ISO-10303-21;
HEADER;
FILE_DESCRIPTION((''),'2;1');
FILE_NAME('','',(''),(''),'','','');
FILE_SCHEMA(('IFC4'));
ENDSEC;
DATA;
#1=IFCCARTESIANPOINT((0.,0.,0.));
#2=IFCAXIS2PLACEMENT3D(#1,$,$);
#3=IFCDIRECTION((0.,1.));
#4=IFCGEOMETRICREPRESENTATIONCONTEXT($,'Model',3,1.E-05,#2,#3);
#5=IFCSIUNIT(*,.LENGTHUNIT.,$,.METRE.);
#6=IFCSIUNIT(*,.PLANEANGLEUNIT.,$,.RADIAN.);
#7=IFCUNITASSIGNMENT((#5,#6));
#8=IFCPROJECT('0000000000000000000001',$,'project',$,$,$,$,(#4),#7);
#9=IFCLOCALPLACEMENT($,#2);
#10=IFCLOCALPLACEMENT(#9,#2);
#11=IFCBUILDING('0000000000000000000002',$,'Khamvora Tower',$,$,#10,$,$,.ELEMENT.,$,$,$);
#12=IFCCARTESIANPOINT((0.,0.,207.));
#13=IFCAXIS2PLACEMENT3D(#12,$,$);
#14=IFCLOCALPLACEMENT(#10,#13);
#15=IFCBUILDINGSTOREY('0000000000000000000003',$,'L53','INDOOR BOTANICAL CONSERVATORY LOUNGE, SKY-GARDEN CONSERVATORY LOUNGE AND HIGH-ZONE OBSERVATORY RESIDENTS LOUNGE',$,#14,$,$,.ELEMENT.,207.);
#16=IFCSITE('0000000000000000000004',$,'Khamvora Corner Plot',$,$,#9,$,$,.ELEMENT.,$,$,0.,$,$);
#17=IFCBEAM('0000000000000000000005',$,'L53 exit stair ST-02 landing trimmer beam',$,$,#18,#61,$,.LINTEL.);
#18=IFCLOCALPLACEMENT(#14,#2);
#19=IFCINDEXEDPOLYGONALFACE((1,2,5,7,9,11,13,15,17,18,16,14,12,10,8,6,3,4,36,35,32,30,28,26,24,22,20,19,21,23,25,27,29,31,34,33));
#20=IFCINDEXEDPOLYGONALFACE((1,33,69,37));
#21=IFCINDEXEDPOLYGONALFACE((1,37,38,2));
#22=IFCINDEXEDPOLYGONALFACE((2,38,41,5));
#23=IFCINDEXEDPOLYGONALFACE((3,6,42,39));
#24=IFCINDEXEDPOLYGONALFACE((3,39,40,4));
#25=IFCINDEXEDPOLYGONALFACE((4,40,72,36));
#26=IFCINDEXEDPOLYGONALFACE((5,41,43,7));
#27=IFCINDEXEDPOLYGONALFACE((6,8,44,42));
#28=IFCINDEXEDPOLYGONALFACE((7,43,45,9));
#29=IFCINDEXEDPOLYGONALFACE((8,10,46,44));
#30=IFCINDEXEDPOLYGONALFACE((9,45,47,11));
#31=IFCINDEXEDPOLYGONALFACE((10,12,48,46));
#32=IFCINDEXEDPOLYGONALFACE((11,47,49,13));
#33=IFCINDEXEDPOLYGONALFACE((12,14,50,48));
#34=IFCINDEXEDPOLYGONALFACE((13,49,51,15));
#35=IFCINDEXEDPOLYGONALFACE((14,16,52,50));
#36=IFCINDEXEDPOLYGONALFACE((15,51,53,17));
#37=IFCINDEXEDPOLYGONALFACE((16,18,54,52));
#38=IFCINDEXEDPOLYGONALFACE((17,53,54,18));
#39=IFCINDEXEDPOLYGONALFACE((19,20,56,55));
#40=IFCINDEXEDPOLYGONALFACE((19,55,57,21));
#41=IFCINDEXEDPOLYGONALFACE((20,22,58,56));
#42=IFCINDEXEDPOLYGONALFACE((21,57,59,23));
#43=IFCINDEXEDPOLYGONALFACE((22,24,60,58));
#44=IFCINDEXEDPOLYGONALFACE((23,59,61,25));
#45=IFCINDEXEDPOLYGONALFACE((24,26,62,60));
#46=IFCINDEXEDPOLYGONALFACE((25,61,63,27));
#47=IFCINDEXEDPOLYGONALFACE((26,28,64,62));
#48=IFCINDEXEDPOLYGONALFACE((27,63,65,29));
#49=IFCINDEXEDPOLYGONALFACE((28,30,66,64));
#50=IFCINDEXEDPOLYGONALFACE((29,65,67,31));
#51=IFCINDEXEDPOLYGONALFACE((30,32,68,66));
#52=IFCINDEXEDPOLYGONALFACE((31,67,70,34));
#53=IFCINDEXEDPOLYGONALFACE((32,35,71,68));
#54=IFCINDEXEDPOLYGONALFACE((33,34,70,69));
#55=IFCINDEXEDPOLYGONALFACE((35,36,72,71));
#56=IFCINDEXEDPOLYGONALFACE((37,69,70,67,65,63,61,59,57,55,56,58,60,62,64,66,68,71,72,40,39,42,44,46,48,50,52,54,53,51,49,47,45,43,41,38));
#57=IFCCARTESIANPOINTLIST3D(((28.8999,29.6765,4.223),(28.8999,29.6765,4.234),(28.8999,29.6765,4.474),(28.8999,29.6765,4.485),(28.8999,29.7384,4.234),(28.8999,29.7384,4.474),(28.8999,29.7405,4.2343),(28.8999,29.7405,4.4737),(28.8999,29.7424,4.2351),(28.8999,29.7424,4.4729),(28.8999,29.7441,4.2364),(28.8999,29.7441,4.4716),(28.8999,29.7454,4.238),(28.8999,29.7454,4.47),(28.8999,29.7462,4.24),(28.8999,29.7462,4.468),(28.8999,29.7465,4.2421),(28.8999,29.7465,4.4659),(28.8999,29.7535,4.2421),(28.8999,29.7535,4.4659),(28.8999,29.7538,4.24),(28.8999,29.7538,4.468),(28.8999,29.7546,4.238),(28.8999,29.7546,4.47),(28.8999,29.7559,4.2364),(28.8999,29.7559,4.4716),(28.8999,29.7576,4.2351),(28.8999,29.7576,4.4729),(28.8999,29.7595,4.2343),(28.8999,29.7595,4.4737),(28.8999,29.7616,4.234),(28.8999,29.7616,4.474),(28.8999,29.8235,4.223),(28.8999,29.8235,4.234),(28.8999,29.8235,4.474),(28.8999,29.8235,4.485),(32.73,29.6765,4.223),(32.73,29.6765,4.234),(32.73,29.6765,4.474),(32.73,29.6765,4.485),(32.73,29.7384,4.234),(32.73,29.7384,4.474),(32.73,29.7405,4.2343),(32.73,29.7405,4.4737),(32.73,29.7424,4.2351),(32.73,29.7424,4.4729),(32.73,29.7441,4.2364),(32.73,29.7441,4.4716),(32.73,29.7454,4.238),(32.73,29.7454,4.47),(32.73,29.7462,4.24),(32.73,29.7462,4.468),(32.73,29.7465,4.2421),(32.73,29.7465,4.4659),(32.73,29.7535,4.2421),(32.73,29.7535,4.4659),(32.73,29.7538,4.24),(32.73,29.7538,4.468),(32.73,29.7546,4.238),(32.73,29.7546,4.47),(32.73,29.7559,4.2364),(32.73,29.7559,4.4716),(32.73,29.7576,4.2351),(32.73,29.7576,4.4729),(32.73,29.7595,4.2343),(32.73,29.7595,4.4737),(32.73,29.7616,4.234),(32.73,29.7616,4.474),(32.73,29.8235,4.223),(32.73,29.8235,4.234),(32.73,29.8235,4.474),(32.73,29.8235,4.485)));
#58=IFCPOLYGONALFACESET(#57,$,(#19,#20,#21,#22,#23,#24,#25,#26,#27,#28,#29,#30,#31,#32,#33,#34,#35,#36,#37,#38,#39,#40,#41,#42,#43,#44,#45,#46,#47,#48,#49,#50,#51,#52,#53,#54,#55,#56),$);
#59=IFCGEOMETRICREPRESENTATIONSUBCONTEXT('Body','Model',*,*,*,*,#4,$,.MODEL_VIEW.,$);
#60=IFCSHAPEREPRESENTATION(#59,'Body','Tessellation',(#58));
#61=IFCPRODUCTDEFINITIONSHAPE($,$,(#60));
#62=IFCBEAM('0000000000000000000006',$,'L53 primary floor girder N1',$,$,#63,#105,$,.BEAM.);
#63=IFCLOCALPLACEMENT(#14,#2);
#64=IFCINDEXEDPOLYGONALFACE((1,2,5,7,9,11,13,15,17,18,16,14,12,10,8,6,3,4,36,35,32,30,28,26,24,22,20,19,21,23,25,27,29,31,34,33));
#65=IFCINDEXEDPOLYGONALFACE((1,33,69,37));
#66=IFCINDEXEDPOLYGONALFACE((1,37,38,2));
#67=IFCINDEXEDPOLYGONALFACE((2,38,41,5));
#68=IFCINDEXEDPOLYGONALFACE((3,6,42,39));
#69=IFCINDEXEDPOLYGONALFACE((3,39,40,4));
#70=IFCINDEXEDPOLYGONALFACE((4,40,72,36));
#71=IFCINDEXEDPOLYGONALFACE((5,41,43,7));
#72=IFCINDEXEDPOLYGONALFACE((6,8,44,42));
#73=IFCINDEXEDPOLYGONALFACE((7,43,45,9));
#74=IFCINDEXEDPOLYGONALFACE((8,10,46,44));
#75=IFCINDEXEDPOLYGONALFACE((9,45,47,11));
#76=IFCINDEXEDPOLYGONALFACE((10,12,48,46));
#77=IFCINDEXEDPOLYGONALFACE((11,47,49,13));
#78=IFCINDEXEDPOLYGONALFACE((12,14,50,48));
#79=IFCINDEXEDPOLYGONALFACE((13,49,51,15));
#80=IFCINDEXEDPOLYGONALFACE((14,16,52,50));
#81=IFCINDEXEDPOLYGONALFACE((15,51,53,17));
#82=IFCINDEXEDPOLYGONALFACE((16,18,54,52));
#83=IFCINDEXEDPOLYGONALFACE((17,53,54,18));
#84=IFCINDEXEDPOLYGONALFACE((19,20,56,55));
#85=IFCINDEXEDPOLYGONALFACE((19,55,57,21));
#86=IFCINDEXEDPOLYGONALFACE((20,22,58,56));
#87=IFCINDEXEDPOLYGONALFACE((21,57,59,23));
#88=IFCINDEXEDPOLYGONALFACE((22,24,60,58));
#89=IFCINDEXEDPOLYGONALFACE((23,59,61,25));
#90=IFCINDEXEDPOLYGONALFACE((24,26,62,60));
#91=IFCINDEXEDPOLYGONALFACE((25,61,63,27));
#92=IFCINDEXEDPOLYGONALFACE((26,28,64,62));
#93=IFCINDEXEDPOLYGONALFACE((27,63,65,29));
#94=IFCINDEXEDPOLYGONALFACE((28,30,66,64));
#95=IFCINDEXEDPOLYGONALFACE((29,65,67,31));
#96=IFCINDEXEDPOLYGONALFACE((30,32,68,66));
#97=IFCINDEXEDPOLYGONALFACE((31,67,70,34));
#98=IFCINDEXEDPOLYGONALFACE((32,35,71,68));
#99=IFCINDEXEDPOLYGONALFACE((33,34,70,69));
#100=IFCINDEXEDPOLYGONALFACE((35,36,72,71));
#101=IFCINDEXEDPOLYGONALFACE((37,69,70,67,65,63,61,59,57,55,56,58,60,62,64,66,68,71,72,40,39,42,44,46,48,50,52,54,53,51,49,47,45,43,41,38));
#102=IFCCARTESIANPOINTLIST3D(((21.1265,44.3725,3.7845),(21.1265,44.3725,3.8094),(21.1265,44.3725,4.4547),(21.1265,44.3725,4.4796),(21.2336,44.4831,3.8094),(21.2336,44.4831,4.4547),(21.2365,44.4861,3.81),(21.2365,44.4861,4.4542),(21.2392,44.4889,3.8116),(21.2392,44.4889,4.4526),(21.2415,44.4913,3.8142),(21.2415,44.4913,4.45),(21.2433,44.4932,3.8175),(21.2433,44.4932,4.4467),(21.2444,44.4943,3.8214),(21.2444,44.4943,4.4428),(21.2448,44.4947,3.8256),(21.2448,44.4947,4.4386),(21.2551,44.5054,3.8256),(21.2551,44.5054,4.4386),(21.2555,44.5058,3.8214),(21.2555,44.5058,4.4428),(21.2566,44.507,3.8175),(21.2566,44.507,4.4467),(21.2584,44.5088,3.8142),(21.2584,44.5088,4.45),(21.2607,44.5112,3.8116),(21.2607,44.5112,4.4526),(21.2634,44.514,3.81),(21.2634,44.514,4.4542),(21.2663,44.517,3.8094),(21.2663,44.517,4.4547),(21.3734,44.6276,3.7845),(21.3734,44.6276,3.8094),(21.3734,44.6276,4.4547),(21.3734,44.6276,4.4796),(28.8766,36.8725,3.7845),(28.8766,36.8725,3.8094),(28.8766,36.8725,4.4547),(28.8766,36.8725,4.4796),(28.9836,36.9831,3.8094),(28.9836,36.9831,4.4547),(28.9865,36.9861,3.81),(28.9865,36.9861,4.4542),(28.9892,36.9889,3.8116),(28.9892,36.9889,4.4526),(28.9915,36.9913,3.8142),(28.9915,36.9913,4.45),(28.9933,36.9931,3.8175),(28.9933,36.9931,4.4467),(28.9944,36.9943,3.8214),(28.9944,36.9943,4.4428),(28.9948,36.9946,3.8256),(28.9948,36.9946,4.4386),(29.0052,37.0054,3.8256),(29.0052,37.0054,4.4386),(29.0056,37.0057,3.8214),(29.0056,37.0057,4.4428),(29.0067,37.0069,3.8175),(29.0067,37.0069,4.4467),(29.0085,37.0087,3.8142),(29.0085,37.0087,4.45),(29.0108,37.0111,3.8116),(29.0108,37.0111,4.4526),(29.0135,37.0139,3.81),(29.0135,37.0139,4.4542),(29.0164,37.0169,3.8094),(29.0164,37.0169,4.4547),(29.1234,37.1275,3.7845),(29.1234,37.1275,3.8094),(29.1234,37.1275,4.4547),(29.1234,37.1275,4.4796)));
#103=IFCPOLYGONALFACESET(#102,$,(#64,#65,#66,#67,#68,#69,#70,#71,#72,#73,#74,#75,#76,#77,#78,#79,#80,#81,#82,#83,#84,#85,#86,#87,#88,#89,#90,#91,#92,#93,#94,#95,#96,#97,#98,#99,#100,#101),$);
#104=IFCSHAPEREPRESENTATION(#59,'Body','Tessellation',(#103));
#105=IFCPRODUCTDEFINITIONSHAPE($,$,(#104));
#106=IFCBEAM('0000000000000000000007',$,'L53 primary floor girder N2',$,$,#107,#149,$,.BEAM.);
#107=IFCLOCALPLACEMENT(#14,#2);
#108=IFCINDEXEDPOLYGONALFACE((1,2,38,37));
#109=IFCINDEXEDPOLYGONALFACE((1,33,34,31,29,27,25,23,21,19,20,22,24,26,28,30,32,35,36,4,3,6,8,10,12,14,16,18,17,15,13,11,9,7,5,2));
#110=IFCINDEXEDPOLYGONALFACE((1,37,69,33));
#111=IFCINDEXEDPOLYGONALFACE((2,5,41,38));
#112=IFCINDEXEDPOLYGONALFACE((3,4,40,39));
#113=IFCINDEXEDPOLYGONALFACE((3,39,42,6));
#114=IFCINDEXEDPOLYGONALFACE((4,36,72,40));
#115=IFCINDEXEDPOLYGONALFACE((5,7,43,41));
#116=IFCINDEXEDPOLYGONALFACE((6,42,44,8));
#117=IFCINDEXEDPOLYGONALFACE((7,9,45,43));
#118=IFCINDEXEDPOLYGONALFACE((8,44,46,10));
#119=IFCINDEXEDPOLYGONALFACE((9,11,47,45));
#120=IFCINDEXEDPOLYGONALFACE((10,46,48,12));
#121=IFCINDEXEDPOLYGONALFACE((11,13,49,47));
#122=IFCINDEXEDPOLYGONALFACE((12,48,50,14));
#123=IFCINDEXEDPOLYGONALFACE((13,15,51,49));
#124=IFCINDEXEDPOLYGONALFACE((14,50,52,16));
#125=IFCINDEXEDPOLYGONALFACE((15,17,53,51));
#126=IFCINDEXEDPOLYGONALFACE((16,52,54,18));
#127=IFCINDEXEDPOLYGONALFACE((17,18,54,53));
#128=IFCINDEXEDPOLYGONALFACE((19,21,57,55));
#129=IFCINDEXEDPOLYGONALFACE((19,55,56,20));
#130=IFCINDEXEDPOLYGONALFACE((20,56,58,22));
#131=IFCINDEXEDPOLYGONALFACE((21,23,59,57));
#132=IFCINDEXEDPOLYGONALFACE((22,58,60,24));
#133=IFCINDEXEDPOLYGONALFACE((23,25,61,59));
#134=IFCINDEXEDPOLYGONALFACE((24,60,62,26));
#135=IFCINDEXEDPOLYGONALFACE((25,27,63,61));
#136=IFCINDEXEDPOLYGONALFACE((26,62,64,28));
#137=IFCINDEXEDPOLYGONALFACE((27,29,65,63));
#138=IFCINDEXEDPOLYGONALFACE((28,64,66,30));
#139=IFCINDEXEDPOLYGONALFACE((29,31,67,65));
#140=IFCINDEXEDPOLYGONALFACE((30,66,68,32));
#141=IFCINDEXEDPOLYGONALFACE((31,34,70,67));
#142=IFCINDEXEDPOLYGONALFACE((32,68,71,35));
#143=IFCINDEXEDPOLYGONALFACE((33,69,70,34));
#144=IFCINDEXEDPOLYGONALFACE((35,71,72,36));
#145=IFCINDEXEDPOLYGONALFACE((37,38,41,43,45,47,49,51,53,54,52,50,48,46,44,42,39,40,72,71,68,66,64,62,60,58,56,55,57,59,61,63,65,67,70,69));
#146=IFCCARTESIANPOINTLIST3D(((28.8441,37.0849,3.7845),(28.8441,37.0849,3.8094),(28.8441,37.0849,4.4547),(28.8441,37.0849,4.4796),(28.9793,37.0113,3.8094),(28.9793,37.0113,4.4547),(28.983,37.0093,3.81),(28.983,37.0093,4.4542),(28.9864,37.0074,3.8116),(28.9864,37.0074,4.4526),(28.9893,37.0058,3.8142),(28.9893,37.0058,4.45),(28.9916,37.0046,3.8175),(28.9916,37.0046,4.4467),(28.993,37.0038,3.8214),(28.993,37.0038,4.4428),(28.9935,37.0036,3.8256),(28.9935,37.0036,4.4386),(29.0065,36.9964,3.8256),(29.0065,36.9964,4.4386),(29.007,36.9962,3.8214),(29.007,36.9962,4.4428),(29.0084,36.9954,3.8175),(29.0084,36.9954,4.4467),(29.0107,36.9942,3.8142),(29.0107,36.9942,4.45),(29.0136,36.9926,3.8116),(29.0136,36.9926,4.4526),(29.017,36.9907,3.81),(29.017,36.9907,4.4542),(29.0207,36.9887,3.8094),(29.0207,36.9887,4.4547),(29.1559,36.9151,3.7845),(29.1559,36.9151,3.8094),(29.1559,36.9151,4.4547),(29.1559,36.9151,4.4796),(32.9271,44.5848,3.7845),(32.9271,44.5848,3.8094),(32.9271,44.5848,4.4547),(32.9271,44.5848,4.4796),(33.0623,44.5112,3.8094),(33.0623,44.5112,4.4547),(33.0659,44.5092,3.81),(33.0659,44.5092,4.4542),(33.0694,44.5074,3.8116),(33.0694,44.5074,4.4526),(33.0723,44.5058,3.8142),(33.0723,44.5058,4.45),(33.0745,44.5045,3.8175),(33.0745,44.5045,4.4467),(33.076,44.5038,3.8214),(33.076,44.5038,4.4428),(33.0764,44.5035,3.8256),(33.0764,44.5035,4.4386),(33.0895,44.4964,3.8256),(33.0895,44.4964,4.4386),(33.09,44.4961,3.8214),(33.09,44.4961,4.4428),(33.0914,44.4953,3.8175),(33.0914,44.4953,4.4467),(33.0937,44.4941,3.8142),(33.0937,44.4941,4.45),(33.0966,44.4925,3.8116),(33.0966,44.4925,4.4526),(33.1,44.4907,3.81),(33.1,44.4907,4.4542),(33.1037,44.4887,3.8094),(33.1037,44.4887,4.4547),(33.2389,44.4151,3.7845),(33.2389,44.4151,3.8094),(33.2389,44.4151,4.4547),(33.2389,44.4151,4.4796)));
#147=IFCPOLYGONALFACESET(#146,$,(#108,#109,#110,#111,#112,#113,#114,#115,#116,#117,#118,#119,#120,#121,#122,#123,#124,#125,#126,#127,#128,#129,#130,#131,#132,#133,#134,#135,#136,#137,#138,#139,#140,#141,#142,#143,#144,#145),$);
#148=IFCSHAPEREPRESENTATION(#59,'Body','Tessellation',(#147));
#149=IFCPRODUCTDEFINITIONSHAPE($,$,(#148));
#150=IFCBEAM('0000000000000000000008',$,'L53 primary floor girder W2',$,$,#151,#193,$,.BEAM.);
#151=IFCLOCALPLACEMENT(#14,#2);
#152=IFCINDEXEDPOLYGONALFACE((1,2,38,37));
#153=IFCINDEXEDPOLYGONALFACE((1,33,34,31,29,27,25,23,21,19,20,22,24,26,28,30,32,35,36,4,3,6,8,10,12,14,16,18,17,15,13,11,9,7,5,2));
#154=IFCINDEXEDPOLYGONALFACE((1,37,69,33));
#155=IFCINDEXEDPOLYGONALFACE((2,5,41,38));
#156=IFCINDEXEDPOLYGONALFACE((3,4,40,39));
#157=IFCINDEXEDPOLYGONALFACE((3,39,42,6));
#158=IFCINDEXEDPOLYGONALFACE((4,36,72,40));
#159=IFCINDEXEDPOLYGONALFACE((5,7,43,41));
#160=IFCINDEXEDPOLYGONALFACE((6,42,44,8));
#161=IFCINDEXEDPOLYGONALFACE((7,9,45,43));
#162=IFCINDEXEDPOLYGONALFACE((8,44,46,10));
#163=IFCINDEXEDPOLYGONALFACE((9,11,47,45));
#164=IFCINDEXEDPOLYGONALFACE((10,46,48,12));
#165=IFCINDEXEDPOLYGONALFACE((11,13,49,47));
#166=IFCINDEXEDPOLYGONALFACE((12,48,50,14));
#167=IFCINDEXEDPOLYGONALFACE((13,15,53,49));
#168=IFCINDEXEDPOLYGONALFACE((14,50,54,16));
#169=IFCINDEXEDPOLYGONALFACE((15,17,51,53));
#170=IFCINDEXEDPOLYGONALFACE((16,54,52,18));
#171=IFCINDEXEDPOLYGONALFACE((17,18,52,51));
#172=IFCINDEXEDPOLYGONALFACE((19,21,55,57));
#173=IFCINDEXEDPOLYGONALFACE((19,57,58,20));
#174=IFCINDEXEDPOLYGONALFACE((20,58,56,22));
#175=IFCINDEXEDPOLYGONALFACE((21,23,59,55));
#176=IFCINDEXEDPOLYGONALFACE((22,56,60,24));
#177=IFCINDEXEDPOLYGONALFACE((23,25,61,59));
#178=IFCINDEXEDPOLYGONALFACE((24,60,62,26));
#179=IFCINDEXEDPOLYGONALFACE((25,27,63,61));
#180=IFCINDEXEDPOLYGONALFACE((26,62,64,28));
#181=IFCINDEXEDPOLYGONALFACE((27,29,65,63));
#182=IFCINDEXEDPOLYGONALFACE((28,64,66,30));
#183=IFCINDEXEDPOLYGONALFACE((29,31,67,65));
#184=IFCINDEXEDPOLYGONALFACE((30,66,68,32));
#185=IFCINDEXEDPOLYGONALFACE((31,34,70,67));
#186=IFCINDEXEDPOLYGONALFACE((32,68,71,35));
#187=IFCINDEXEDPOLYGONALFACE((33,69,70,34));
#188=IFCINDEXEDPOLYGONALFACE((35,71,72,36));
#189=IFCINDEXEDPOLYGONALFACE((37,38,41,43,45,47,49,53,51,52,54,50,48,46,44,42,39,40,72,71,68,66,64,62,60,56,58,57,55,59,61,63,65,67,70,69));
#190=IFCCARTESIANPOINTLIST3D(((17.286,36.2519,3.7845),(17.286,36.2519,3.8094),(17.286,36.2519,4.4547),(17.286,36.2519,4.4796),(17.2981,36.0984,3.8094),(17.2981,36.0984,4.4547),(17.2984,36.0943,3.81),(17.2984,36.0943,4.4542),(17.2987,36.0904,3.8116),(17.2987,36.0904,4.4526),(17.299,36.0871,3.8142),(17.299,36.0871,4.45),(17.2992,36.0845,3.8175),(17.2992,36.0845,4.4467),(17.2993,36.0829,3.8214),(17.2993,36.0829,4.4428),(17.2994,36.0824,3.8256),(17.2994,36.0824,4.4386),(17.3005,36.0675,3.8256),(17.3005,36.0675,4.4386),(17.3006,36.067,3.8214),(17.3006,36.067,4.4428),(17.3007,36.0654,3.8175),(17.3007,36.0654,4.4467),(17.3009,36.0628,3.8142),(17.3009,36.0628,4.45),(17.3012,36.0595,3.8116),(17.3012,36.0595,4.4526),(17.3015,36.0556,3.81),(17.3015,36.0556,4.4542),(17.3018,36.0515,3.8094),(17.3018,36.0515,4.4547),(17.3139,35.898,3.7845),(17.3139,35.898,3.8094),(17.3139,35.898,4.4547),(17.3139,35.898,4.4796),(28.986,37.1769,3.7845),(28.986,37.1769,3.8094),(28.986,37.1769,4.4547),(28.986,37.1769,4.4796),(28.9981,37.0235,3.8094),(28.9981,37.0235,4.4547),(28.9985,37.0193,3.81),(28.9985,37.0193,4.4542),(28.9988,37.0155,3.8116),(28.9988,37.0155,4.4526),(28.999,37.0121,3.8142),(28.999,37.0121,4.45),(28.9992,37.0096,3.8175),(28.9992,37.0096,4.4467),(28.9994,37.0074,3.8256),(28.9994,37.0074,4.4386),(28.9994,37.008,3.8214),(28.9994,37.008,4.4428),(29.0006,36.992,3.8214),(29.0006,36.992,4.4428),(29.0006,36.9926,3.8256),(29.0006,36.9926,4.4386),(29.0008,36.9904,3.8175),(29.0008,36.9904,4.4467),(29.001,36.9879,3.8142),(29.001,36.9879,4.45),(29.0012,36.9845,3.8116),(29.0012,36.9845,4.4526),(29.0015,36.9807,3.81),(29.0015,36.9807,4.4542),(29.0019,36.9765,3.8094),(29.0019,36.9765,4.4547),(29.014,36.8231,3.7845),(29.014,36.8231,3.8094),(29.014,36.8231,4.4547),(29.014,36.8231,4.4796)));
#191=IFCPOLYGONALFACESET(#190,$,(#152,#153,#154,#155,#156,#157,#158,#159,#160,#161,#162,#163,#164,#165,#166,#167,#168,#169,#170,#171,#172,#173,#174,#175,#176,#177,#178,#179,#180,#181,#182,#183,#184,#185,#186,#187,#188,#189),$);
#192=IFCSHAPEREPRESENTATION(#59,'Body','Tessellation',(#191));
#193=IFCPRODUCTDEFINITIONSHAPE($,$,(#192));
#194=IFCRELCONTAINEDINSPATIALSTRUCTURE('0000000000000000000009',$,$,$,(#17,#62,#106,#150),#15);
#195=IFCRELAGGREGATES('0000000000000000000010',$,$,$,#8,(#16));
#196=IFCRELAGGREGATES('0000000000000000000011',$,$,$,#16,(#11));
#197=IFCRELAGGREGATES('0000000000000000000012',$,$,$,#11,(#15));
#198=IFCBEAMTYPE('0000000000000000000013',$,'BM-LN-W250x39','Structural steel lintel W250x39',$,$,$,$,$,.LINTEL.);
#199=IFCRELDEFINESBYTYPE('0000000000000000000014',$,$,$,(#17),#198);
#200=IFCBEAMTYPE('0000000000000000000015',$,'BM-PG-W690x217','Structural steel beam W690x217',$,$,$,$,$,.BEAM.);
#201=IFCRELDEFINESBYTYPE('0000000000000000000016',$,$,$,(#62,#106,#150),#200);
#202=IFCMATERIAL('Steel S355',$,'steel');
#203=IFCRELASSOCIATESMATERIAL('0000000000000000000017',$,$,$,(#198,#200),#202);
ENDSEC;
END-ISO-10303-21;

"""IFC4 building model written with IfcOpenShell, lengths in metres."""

from ifc_helpers import new_model, si_unit, direction, frame, origin, origin_2d, place, context, subcontext, project, spatial, i_section, extrude, material, material_profile, profile_set, type_object, element, save


model = new_model("IFC4")

# Units and contexts
model_context = context("Model", 3, precision=1e-05, world=origin(), true_north=direction((0.0, 1.0)))
body_context = subcontext(model_context, "Body", "Model", "MODEL_VIEW")
ifc_project = project(units=[si_unit("LENGTHUNIT", "METRE"), si_unit("PLANEANGLEUNIT", "RADIAN")], contexts=[model_context])

# Site, building, storey
site_placement = place(None, origin())
site = spatial("IfcSite", under=ifc_project, at=site_placement, Name="Khamvora Corner Plot", CompositionType="ELEMENT", RefElevation=0.0)
building_placement = place(site_placement, origin())
building = spatial("IfcBuilding", under=site, at=building_placement, Name="Khamvora Tower", CompositionType="ELEMENT")
storey_placement = place(building_placement, frame((0.0, 0.0, 207.0)))
storey = spatial("IfcBuildingStorey", under=building, at=storey_placement, Name="L53", Description="INDOOR BOTANICAL CONSERVATORY LOUNGE, SKY-GARDEN CONSERVATORY LOUNGE AND HIGH-ZONE OBSERVATORY RESIDENTS LOUNGE", CompositionType="ELEMENT", Elevation=207.0)

# Beams
ifc_material_1 = material(Name="Steel S355", Category="steel")
ifc_material_profile_1 = material_profile(ifc_material_1, i_section(OverallWidth=0.147, OverallDepth=0.262, WebThickness=0.0071, FlangeThickness=0.011, FilletRadius=0.0081, at=origin_2d()), Name="W250x39")
ifc_profile_set_1 = profile_set([ifc_material_profile_1], Name="Steel S355")
beam_type_1 = type_object("IfcBeamType", Name="BM-LN-W250x39", Description="Structural steel lintel W250x39", PredefinedType="LINTEL", material=ifc_profile_set_1)
beam_1_placement = place(storey_placement, frame((28.8999, 29.75, 4.354), z_axis=(1.0, 0.0, 0.0), x_axis=(0.0, 1.0, 0.0)))
element("IfcBeam", 1, at=beam_1_placement, inside=storey, type_object=beam_type_1, Name="L53 exit stair ST-02 landing trimmer beam", PredefinedType="LINTEL", context=body_context, shape_type="SweptSolid", body=[
    extrude(i_section(OverallWidth=0.147, OverallDepth=0.262, WebThickness=0.0071, FlangeThickness=0.011, FilletRadius=0.0081, at=origin_2d()), origin(), (0.0, 0.0, 1.0), 3.8301),
])
ifc_material_profile_2 = material_profile(ifc_material_1, i_section(OverallWidth=0.355, OverallDepth=0.6951, WebThickness=0.0149, FlangeThickness=0.0249, FilletRadius=0.0161, at=origin_2d()), Name="W690x217")
ifc_profile_set_2 = profile_set([ifc_material_profile_2], Name="Steel S355")
beam_type_2 = type_object("IfcBeamType", Name="BM-PG-W690x217", Description="Structural steel beam W690x217", PredefinedType="BEAM", material=ifc_profile_set_2)
beam_2_placement = place(storey_placement, frame((29.0, 37.0, 4.1321), z_axis=(-0.718602, 0.695421, 0.0), x_axis=(-0.695421, -0.718602, 0.0)))
element("IfcBeam", 2, at=beam_2_placement, inside=storey, type_object=beam_type_2, Name="L53 primary floor girder N1", PredefinedType="BEAM", context=body_context, shape_type="SweptSolid", body=[
    extrude(i_section(OverallWidth=0.355, OverallDepth=0.6951, WebThickness=0.0149, FlangeThickness=0.0249, FilletRadius=0.0161, at=origin_2d()), origin(), (0.0, 0.0, 1.0), 10.7849),
])
beam_3_placement = place(storey_placement, frame((29.0, 37.0, 4.1321), z_axis=(0.478139, 0.878284, 0.0), x_axis=(-0.878284, 0.478139, 0.0)))
element("IfcBeam", 3, at=beam_3_placement, inside=storey, type_object=beam_type_2, Name="L53 primary floor girder N2", PredefinedType="BEAM", context=body_context, shape_type="SweptSolid", body=[
    extrude(i_section(OverallWidth=0.355, OverallDepth=0.6951, WebThickness=0.0149, FlangeThickness=0.0249, FilletRadius=0.0161, at=origin_2d()), origin(), (0.0, 0.0, 1.0), 8.5393),
])
beam_4_placement = place(storey_placement, frame((29.0, 37.0, 4.1321), z_axis=(-0.996889, -0.078818, 0.0), x_axis=(0.078818, -0.996889, 0.0)))
element("IfcBeam", 4, at=beam_4_placement, inside=storey, type_object=beam_type_2, Name="L53 primary floor girder W2", PredefinedType="BEAM", context=body_context, shape_type="SweptSolid", body=[
    extrude(i_section(OverallWidth=0.355, OverallDepth=0.6951, WebThickness=0.0149, FlangeThickness=0.0249, FilletRadius=0.0161, at=origin_2d()), origin(), (0.0, 0.0, 1.0), 11.7366),
])

save(model, "model.ifc")
